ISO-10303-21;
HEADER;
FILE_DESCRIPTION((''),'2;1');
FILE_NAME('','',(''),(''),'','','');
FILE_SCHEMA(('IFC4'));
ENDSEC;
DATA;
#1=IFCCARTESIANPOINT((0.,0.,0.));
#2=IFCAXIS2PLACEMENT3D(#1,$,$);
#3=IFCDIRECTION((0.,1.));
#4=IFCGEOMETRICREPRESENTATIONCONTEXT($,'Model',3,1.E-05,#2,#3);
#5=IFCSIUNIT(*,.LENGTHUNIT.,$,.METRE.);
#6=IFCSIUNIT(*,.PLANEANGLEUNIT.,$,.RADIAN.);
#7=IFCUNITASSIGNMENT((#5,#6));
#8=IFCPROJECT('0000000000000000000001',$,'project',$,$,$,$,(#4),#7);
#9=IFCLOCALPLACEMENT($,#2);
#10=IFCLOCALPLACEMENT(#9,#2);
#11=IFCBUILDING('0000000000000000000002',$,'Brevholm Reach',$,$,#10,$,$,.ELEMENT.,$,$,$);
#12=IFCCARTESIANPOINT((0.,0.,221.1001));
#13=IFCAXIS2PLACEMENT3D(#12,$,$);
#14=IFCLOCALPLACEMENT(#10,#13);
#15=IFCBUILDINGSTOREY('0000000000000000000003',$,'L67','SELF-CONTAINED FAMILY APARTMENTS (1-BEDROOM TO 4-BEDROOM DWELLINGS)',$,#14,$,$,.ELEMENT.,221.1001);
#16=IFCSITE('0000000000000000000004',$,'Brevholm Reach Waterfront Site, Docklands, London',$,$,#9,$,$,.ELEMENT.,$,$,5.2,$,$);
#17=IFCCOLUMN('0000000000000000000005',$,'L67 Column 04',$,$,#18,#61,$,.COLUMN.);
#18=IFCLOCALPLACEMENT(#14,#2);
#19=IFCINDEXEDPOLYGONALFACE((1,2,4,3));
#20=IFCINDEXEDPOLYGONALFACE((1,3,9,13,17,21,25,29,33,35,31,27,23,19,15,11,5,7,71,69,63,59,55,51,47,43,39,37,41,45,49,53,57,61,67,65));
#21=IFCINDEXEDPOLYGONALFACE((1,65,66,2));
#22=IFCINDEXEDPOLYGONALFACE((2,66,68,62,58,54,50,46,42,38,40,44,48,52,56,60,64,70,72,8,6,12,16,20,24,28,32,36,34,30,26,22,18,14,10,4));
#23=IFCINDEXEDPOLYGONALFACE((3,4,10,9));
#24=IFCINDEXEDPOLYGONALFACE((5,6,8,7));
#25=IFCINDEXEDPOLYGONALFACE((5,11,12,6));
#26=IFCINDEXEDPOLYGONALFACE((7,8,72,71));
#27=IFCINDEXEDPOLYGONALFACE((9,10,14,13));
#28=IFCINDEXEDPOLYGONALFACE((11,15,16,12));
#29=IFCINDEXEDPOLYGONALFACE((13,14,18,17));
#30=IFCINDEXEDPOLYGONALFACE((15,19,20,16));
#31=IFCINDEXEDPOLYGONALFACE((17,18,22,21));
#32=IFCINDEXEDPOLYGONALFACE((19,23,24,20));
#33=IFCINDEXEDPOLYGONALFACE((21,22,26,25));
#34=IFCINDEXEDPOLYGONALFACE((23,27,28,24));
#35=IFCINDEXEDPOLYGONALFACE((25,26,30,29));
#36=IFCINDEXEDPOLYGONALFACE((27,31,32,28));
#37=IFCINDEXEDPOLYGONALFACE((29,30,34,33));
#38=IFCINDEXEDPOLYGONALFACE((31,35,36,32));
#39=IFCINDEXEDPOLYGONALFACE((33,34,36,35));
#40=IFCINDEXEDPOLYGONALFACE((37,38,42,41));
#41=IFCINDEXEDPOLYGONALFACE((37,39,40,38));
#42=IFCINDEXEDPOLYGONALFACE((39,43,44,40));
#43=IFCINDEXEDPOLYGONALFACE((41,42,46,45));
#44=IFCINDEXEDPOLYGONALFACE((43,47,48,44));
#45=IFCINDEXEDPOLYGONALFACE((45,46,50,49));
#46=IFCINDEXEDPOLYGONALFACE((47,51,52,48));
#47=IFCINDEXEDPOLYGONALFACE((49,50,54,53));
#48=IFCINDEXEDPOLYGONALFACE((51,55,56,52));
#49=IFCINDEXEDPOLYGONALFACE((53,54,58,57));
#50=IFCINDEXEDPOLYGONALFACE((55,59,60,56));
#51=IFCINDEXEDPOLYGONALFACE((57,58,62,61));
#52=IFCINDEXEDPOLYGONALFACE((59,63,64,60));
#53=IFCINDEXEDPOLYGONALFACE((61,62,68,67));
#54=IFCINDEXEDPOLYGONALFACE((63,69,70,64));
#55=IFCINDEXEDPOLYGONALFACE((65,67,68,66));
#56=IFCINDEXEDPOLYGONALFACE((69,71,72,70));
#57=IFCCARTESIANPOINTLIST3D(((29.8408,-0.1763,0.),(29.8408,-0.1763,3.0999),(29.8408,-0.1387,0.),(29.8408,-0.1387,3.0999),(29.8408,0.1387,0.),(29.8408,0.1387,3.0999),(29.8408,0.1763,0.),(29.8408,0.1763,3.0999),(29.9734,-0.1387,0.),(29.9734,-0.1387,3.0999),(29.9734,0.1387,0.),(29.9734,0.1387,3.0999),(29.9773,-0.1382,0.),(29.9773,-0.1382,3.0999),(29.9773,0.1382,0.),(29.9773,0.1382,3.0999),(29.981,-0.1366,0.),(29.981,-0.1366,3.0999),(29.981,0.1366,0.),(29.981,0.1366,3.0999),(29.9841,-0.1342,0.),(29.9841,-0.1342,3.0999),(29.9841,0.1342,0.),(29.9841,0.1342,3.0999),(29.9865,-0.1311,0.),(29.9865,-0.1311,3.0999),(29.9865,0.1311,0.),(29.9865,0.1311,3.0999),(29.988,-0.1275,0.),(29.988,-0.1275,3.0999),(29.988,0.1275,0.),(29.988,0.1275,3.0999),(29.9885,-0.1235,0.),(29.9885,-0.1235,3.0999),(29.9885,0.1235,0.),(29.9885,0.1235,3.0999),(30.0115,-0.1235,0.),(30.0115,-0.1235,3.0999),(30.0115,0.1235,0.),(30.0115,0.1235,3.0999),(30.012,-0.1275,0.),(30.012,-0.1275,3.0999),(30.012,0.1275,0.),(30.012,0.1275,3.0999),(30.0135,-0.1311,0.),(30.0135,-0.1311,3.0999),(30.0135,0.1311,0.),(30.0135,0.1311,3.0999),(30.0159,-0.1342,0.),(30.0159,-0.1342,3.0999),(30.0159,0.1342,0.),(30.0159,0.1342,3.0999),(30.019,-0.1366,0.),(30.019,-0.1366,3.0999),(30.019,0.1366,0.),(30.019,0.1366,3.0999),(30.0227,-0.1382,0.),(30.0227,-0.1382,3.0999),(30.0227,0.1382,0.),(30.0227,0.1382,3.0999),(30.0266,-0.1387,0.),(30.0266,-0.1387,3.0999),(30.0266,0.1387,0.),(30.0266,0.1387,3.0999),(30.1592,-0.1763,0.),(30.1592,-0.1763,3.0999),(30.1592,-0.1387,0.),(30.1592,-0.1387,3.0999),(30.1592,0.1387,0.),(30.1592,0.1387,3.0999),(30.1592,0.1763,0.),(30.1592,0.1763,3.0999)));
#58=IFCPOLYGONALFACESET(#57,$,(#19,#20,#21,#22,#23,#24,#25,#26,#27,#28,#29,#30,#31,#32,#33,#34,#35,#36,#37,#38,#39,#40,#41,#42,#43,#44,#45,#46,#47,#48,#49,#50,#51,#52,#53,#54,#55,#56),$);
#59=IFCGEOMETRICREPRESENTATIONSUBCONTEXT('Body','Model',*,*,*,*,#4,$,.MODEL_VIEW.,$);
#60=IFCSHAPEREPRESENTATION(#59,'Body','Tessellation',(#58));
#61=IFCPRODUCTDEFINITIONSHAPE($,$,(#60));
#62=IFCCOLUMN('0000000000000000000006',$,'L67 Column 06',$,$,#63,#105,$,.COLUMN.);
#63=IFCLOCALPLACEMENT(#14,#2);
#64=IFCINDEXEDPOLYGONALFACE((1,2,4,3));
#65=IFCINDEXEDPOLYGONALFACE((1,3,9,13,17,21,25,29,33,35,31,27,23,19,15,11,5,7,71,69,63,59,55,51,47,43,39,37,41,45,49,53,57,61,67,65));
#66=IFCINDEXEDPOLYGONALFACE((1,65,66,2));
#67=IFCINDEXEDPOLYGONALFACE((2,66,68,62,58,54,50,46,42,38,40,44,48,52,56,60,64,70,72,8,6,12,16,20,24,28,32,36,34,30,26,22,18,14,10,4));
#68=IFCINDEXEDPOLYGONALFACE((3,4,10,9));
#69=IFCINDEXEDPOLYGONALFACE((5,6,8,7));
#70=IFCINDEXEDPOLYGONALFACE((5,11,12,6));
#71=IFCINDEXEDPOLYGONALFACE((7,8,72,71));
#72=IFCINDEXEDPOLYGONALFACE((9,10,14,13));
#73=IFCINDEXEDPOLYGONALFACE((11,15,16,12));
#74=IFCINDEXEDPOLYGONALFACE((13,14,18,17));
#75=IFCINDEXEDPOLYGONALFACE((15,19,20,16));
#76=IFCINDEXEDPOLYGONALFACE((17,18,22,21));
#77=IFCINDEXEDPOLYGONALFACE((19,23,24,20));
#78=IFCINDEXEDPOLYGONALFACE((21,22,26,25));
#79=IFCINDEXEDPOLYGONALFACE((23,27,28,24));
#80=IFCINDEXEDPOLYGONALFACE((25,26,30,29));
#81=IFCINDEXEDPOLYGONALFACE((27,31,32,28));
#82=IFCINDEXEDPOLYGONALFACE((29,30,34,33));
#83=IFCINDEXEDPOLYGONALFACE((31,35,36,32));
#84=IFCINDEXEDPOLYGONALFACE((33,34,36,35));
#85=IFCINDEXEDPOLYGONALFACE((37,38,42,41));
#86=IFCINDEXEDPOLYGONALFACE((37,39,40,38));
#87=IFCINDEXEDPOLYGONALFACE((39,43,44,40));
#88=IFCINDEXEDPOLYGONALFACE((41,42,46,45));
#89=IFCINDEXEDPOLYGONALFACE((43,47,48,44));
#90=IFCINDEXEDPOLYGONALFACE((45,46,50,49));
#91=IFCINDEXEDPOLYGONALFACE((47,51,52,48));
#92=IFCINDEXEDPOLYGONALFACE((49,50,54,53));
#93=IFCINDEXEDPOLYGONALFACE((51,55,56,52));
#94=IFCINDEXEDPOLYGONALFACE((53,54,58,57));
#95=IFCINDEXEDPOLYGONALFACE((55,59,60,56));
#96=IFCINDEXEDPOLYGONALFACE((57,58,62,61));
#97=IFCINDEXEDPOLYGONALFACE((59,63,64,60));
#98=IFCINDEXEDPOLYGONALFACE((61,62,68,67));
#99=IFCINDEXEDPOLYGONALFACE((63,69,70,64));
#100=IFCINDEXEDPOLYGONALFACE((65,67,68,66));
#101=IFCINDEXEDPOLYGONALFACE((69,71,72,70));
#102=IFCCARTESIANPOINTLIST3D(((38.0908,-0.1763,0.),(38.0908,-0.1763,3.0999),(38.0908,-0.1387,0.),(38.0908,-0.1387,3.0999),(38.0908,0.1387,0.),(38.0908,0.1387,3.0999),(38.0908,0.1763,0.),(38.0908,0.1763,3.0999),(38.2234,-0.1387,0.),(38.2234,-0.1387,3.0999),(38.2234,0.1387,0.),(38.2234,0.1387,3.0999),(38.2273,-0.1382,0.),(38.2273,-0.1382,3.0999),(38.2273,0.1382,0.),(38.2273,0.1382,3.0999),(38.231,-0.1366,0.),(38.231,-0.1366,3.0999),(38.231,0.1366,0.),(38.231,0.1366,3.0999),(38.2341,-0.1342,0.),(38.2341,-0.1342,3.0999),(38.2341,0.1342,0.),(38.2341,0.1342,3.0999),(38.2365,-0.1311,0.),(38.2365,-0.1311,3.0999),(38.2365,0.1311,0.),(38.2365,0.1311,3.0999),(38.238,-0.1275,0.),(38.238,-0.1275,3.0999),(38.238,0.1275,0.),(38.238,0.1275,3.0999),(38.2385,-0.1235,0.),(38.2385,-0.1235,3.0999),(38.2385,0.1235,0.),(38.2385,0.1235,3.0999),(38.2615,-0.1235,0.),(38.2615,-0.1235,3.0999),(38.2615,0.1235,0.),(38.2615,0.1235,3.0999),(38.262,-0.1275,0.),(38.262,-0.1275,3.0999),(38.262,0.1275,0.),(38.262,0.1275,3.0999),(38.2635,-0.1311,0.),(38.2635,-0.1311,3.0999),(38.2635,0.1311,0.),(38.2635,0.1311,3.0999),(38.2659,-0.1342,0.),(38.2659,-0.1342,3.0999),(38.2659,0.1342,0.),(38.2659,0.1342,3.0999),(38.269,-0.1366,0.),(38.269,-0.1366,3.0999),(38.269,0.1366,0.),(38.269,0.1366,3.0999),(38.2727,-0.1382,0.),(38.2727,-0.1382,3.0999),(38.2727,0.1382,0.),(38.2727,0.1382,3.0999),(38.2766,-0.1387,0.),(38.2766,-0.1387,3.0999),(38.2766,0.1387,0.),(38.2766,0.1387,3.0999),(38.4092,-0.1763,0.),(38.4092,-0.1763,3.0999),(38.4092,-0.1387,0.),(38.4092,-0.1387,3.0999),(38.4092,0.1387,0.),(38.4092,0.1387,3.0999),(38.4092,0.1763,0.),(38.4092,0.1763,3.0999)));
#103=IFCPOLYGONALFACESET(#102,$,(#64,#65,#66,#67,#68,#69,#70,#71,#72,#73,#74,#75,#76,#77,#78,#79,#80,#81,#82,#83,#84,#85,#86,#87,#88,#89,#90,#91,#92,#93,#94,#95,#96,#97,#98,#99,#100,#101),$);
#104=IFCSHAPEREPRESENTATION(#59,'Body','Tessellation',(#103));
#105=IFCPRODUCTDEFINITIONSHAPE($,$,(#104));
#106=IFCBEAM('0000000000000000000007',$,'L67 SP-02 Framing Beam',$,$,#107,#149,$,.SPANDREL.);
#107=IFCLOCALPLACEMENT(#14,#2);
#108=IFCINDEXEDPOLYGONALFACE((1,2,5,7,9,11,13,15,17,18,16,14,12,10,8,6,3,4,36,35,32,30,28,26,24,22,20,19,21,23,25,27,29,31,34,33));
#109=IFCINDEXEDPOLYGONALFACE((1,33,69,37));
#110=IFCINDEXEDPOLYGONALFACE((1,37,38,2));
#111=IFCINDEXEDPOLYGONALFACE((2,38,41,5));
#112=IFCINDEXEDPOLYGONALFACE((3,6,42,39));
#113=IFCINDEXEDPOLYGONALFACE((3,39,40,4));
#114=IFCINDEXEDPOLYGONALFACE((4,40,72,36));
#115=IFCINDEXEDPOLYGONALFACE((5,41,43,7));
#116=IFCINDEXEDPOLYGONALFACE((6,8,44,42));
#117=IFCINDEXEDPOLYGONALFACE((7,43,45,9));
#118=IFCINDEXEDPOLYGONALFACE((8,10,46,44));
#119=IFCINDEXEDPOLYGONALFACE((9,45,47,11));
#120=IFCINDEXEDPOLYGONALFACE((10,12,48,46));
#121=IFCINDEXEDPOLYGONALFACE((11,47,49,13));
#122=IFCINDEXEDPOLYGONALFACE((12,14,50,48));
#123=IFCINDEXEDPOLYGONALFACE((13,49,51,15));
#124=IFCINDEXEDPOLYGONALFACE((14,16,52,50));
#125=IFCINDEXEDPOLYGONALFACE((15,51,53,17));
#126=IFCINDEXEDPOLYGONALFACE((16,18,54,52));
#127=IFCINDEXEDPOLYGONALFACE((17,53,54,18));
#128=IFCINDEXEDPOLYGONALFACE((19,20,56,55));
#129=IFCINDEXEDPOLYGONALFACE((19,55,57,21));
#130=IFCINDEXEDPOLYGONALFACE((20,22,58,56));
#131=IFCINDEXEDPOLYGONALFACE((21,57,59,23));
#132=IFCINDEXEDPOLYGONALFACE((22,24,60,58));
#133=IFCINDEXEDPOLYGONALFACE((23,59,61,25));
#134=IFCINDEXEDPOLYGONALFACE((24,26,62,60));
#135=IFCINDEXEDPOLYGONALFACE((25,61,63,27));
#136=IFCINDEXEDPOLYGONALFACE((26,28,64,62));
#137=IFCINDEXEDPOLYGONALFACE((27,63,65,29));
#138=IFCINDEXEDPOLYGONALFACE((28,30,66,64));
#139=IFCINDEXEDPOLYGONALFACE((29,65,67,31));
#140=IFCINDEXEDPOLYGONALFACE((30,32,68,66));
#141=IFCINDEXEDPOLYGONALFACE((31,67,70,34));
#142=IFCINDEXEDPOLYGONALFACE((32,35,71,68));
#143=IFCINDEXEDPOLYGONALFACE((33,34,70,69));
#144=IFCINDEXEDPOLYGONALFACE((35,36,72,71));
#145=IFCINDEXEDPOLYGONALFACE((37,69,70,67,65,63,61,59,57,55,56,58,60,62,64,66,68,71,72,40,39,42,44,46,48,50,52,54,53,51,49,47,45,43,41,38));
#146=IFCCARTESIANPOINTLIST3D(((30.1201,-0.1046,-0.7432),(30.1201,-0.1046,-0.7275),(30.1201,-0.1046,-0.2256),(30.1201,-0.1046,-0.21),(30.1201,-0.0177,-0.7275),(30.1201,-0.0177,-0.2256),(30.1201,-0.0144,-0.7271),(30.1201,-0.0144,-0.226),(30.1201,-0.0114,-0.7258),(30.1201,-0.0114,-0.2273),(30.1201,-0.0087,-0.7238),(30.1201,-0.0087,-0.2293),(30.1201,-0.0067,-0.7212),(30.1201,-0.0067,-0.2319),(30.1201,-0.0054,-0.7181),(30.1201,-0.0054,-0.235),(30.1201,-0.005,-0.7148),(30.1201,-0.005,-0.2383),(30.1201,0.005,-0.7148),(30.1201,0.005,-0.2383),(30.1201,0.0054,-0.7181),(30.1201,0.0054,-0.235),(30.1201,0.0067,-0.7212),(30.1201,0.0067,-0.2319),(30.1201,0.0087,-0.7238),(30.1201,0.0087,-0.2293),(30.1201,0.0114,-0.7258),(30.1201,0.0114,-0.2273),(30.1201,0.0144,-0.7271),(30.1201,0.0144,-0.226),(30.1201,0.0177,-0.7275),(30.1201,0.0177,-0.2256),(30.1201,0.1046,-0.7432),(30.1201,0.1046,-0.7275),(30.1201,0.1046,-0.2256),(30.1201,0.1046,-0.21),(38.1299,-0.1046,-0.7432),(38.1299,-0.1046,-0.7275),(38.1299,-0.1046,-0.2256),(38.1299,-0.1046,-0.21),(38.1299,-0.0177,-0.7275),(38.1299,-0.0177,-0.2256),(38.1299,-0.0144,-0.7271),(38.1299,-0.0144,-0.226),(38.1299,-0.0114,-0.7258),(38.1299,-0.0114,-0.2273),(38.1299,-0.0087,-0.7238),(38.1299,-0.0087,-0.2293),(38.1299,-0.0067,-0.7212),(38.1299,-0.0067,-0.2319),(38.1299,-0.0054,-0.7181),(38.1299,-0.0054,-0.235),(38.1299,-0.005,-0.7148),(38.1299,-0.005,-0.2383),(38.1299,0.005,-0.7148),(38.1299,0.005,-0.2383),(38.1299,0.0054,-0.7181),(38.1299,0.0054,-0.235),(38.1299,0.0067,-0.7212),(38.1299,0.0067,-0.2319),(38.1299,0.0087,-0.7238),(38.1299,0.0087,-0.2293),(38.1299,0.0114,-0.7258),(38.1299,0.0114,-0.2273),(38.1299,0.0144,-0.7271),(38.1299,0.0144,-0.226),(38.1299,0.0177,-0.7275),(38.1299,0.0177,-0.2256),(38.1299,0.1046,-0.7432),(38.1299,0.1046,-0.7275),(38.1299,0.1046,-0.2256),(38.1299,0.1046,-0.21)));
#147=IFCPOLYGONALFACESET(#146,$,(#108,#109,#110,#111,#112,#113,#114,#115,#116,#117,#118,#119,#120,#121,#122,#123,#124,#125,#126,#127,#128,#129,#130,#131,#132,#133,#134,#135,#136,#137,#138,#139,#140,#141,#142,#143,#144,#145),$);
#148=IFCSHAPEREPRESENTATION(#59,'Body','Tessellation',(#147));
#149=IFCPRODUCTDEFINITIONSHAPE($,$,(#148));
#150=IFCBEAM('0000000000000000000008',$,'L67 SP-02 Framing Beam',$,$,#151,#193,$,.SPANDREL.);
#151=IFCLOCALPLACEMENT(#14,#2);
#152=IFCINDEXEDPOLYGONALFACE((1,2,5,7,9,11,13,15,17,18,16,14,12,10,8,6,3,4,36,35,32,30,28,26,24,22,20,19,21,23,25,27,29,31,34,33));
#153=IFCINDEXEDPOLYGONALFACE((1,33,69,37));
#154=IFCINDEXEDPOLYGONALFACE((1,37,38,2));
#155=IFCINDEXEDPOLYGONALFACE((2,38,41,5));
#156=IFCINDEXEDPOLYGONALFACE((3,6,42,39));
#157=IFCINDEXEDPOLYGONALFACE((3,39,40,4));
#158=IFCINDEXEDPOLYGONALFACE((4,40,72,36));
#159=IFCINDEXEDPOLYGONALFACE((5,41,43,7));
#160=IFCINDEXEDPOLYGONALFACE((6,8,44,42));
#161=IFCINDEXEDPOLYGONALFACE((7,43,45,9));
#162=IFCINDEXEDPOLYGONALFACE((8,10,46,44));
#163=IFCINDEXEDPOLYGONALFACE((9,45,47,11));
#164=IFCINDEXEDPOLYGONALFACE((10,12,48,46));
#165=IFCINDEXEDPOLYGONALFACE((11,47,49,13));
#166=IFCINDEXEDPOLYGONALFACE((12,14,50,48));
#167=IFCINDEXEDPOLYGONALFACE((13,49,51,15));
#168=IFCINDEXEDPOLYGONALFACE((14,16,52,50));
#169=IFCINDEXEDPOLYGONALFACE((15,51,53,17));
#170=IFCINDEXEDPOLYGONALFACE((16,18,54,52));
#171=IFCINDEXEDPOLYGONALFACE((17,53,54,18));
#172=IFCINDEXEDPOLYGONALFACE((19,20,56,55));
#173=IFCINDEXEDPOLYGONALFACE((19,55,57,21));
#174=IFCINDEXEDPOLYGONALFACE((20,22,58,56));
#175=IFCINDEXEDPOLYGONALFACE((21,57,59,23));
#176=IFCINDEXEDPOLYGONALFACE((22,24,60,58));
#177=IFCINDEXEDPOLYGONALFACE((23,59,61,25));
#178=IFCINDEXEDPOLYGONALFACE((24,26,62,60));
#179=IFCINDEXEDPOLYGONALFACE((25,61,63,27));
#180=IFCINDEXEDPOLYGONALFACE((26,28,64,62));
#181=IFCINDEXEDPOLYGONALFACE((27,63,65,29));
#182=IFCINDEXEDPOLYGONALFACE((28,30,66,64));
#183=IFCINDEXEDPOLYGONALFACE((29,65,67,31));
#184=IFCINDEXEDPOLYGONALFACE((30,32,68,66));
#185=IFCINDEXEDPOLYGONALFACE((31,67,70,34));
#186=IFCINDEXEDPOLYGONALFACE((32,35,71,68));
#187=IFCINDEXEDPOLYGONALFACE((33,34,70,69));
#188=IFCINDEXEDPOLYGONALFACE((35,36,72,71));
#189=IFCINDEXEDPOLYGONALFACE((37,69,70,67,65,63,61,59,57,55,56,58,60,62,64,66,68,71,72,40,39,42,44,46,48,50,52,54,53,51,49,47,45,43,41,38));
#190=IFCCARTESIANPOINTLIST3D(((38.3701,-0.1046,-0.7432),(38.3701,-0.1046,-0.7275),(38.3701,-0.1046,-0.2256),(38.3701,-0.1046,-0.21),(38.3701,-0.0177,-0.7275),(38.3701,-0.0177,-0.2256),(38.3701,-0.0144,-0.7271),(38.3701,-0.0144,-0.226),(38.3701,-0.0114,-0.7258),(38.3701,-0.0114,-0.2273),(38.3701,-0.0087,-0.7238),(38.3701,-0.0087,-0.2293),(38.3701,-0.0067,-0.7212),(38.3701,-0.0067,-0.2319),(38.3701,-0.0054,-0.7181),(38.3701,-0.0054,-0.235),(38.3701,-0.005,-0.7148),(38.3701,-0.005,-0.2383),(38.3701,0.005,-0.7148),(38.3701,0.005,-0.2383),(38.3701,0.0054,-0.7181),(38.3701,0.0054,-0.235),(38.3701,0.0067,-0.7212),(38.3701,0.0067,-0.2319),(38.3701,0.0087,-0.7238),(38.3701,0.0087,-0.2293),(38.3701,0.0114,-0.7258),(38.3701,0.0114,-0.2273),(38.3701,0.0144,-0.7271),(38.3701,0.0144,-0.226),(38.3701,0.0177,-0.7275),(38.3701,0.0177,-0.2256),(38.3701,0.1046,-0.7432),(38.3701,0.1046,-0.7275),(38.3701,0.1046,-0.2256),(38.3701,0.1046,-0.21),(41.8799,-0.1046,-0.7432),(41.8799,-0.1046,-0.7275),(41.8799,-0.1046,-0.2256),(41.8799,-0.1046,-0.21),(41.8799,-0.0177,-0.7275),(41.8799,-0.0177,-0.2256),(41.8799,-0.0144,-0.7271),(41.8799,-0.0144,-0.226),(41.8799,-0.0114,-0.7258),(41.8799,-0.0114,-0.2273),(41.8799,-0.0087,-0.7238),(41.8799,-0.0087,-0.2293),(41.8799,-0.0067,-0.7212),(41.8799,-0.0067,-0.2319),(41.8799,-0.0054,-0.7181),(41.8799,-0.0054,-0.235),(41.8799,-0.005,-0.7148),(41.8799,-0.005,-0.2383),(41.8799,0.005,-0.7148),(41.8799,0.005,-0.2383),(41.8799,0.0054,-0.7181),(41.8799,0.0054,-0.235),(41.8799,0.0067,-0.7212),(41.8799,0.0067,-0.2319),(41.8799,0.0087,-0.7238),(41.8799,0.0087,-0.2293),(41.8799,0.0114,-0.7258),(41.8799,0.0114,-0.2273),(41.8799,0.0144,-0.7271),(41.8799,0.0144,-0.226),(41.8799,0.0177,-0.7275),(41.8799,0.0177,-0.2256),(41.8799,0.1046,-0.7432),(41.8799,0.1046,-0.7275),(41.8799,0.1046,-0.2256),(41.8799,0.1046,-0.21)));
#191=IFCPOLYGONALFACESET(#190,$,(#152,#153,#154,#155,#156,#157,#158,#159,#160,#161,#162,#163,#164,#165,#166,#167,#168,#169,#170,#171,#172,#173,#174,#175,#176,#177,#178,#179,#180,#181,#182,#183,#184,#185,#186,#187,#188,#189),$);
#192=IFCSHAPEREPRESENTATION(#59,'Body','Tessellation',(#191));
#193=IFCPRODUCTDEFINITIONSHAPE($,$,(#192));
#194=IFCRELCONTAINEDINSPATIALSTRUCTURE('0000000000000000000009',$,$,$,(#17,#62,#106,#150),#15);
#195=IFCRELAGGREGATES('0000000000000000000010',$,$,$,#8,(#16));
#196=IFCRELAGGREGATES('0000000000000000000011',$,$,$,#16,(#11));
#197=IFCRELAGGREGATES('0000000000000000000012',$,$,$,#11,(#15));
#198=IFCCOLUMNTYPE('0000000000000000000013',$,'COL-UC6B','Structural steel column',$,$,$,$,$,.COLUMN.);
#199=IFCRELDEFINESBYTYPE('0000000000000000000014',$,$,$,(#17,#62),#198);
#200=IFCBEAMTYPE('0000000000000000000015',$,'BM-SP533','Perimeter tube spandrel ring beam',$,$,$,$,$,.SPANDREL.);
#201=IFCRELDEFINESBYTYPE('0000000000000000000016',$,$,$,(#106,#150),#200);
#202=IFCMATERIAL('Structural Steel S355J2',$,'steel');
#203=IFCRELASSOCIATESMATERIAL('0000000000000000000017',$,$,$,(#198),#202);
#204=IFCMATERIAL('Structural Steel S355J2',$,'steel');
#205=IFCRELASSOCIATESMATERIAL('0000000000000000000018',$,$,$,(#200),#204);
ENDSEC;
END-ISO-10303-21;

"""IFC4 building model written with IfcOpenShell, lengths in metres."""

from ifc_helpers import new_model, si_unit, direction, frame, origin, origin_2d, place, context, subcontext, project, spatial, i_section, extrude, material, material_profile, profile_set, type_object, element, save


model = new_model("IFC4")

# Units and contexts
model_context = context("Model", 3, precision=1e-05, world=origin(), true_north=direction((0.0, 1.0)))
body_context = subcontext(model_context, "Body", "Model", "MODEL_VIEW")
ifc_project = project(units=[si_unit("LENGTHUNIT", "METRE"), si_unit("PLANEANGLEUNIT", "RADIAN")], contexts=[model_context])

# Site, building, storey
site_placement = place(None, origin())
site = spatial("IfcSite", under=ifc_project, at=site_placement, Name="Brevholm Reach Waterfront Site, Docklands, London", CompositionType="ELEMENT", RefElevation=5.2)
building_placement = place(site_placement, origin())
building = spatial("IfcBuilding", under=site, at=building_placement, Name="Brevholm Reach", CompositionType="ELEMENT")
storey_placement = place(building_placement, frame((0.0, 0.0, 221.1001)))
storey = spatial("IfcBuildingStorey", under=building, at=storey_placement, Name="L67", Description="SELF-CONTAINED FAMILY APARTMENTS (1-BEDROOM TO 4-BEDROOM DWELLINGS)", CompositionType="ELEMENT", Elevation=221.1001)

# Columns
ifc_material_1 = material(Name="Structural Steel S355J2", Category="steel")
ifc_material_profile_1 = material_profile(ifc_material_1, i_section(OverallWidth=0.3184, OverallDepth=0.3525, WebThickness=0.0229, FlangeThickness=0.0376, FilletRadius=0.0151, at=origin_2d()), Name="UKC 305x305x240")
ifc_profile_set_1 = profile_set([ifc_material_profile_1], Name="Structural Steel S355J2")
column_type = type_object("IfcColumnType", Name="COL-UC6B", Description="Structural steel column", PredefinedType="COLUMN", material=ifc_profile_set_1)
for number, where, z_axis, x_axis, name in (
    (1, (30.0, 0.0, 0.0), (0.0, 0.0, 1.0), (1.0, 0.0, 0.0), "L67 Column 04"),
    (2, (38.25, 0.0, 0.0), (0.0, 0.0, 1.0), (1.0, 0.0, 0.0), "L67 Column 06"),
):
    element("IfcColumn", number, at=place(storey_placement, frame(where, z_axis=z_axis, x_axis=x_axis)), inside=storey, type_object=column_type, Name=name, PredefinedType="COLUMN", context=body_context, shape_type="SweptSolid", body=[
        extrude(i_section(OverallWidth=0.3184, OverallDepth=0.3525, WebThickness=0.0229, FlangeThickness=0.0376, FilletRadius=0.0151, at=origin_2d()), origin(), (0.0, 0.0, 1.0), 3.0999),
    ])

# Beams
ifc_material_2 = material(Name="Structural Steel S355J2", Category="steel")
ifc_material_profile_2 = material_profile(ifc_material_2, i_section(OverallWidth=0.2092, OverallDepth=0.5332, WebThickness=0.01, FlangeThickness=0.0156, FilletRadius=0.0127, at=origin_2d()), Name="UKB 533x210x92")
ifc_profile_set_2 = profile_set([ifc_material_profile_2], Name="Structural Steel S355J2")
beam_type_1 = type_object("IfcBeamType", Name="BM-SP533", Description="Perimeter tube spandrel ring beam", PredefinedType="SPANDREL", material=ifc_profile_set_2)
beam_1_placement = place(storey_placement, frame((30.1201, 0.0, -0.4766), z_axis=(1.0, 0.0, 0.0), x_axis=(0.0, 1.0, 0.0)))
element("IfcBeam", 3, at=beam_1_placement, inside=storey, type_object=beam_type_1, Name="L67 SP-02 Framing Beam", PredefinedType="SPANDREL", context=body_context, shape_type="SweptSolid", body=[
    extrude(i_section(OverallWidth=0.2092, OverallDepth=0.5332, WebThickness=0.01, FlangeThickness=0.0156, FilletRadius=0.0127, at=origin_2d()), origin(), (0.0, 0.0, 1.0), 8.0098),
])
beam_2_placement = place(storey_placement, frame((38.3701, 0.0, -0.4766), z_axis=(1.0, 0.0, 0.0), x_axis=(0.0, 1.0, 0.0)))
element("IfcBeam", 4, at=beam_2_placement, inside=storey, type_object=beam_type_1, Name="L67 SP-02 Framing Beam", PredefinedType="SPANDREL", context=body_context, shape_type="SweptSolid", body=[
    extrude(i_section(OverallWidth=0.2092, OverallDepth=0.5332, WebThickness=0.01, FlangeThickness=0.0156, FilletRadius=0.0127, at=origin_2d()), origin(), (0.0, 0.0, 1.0), 3.5098),
])

save(model, "model.ifc")
